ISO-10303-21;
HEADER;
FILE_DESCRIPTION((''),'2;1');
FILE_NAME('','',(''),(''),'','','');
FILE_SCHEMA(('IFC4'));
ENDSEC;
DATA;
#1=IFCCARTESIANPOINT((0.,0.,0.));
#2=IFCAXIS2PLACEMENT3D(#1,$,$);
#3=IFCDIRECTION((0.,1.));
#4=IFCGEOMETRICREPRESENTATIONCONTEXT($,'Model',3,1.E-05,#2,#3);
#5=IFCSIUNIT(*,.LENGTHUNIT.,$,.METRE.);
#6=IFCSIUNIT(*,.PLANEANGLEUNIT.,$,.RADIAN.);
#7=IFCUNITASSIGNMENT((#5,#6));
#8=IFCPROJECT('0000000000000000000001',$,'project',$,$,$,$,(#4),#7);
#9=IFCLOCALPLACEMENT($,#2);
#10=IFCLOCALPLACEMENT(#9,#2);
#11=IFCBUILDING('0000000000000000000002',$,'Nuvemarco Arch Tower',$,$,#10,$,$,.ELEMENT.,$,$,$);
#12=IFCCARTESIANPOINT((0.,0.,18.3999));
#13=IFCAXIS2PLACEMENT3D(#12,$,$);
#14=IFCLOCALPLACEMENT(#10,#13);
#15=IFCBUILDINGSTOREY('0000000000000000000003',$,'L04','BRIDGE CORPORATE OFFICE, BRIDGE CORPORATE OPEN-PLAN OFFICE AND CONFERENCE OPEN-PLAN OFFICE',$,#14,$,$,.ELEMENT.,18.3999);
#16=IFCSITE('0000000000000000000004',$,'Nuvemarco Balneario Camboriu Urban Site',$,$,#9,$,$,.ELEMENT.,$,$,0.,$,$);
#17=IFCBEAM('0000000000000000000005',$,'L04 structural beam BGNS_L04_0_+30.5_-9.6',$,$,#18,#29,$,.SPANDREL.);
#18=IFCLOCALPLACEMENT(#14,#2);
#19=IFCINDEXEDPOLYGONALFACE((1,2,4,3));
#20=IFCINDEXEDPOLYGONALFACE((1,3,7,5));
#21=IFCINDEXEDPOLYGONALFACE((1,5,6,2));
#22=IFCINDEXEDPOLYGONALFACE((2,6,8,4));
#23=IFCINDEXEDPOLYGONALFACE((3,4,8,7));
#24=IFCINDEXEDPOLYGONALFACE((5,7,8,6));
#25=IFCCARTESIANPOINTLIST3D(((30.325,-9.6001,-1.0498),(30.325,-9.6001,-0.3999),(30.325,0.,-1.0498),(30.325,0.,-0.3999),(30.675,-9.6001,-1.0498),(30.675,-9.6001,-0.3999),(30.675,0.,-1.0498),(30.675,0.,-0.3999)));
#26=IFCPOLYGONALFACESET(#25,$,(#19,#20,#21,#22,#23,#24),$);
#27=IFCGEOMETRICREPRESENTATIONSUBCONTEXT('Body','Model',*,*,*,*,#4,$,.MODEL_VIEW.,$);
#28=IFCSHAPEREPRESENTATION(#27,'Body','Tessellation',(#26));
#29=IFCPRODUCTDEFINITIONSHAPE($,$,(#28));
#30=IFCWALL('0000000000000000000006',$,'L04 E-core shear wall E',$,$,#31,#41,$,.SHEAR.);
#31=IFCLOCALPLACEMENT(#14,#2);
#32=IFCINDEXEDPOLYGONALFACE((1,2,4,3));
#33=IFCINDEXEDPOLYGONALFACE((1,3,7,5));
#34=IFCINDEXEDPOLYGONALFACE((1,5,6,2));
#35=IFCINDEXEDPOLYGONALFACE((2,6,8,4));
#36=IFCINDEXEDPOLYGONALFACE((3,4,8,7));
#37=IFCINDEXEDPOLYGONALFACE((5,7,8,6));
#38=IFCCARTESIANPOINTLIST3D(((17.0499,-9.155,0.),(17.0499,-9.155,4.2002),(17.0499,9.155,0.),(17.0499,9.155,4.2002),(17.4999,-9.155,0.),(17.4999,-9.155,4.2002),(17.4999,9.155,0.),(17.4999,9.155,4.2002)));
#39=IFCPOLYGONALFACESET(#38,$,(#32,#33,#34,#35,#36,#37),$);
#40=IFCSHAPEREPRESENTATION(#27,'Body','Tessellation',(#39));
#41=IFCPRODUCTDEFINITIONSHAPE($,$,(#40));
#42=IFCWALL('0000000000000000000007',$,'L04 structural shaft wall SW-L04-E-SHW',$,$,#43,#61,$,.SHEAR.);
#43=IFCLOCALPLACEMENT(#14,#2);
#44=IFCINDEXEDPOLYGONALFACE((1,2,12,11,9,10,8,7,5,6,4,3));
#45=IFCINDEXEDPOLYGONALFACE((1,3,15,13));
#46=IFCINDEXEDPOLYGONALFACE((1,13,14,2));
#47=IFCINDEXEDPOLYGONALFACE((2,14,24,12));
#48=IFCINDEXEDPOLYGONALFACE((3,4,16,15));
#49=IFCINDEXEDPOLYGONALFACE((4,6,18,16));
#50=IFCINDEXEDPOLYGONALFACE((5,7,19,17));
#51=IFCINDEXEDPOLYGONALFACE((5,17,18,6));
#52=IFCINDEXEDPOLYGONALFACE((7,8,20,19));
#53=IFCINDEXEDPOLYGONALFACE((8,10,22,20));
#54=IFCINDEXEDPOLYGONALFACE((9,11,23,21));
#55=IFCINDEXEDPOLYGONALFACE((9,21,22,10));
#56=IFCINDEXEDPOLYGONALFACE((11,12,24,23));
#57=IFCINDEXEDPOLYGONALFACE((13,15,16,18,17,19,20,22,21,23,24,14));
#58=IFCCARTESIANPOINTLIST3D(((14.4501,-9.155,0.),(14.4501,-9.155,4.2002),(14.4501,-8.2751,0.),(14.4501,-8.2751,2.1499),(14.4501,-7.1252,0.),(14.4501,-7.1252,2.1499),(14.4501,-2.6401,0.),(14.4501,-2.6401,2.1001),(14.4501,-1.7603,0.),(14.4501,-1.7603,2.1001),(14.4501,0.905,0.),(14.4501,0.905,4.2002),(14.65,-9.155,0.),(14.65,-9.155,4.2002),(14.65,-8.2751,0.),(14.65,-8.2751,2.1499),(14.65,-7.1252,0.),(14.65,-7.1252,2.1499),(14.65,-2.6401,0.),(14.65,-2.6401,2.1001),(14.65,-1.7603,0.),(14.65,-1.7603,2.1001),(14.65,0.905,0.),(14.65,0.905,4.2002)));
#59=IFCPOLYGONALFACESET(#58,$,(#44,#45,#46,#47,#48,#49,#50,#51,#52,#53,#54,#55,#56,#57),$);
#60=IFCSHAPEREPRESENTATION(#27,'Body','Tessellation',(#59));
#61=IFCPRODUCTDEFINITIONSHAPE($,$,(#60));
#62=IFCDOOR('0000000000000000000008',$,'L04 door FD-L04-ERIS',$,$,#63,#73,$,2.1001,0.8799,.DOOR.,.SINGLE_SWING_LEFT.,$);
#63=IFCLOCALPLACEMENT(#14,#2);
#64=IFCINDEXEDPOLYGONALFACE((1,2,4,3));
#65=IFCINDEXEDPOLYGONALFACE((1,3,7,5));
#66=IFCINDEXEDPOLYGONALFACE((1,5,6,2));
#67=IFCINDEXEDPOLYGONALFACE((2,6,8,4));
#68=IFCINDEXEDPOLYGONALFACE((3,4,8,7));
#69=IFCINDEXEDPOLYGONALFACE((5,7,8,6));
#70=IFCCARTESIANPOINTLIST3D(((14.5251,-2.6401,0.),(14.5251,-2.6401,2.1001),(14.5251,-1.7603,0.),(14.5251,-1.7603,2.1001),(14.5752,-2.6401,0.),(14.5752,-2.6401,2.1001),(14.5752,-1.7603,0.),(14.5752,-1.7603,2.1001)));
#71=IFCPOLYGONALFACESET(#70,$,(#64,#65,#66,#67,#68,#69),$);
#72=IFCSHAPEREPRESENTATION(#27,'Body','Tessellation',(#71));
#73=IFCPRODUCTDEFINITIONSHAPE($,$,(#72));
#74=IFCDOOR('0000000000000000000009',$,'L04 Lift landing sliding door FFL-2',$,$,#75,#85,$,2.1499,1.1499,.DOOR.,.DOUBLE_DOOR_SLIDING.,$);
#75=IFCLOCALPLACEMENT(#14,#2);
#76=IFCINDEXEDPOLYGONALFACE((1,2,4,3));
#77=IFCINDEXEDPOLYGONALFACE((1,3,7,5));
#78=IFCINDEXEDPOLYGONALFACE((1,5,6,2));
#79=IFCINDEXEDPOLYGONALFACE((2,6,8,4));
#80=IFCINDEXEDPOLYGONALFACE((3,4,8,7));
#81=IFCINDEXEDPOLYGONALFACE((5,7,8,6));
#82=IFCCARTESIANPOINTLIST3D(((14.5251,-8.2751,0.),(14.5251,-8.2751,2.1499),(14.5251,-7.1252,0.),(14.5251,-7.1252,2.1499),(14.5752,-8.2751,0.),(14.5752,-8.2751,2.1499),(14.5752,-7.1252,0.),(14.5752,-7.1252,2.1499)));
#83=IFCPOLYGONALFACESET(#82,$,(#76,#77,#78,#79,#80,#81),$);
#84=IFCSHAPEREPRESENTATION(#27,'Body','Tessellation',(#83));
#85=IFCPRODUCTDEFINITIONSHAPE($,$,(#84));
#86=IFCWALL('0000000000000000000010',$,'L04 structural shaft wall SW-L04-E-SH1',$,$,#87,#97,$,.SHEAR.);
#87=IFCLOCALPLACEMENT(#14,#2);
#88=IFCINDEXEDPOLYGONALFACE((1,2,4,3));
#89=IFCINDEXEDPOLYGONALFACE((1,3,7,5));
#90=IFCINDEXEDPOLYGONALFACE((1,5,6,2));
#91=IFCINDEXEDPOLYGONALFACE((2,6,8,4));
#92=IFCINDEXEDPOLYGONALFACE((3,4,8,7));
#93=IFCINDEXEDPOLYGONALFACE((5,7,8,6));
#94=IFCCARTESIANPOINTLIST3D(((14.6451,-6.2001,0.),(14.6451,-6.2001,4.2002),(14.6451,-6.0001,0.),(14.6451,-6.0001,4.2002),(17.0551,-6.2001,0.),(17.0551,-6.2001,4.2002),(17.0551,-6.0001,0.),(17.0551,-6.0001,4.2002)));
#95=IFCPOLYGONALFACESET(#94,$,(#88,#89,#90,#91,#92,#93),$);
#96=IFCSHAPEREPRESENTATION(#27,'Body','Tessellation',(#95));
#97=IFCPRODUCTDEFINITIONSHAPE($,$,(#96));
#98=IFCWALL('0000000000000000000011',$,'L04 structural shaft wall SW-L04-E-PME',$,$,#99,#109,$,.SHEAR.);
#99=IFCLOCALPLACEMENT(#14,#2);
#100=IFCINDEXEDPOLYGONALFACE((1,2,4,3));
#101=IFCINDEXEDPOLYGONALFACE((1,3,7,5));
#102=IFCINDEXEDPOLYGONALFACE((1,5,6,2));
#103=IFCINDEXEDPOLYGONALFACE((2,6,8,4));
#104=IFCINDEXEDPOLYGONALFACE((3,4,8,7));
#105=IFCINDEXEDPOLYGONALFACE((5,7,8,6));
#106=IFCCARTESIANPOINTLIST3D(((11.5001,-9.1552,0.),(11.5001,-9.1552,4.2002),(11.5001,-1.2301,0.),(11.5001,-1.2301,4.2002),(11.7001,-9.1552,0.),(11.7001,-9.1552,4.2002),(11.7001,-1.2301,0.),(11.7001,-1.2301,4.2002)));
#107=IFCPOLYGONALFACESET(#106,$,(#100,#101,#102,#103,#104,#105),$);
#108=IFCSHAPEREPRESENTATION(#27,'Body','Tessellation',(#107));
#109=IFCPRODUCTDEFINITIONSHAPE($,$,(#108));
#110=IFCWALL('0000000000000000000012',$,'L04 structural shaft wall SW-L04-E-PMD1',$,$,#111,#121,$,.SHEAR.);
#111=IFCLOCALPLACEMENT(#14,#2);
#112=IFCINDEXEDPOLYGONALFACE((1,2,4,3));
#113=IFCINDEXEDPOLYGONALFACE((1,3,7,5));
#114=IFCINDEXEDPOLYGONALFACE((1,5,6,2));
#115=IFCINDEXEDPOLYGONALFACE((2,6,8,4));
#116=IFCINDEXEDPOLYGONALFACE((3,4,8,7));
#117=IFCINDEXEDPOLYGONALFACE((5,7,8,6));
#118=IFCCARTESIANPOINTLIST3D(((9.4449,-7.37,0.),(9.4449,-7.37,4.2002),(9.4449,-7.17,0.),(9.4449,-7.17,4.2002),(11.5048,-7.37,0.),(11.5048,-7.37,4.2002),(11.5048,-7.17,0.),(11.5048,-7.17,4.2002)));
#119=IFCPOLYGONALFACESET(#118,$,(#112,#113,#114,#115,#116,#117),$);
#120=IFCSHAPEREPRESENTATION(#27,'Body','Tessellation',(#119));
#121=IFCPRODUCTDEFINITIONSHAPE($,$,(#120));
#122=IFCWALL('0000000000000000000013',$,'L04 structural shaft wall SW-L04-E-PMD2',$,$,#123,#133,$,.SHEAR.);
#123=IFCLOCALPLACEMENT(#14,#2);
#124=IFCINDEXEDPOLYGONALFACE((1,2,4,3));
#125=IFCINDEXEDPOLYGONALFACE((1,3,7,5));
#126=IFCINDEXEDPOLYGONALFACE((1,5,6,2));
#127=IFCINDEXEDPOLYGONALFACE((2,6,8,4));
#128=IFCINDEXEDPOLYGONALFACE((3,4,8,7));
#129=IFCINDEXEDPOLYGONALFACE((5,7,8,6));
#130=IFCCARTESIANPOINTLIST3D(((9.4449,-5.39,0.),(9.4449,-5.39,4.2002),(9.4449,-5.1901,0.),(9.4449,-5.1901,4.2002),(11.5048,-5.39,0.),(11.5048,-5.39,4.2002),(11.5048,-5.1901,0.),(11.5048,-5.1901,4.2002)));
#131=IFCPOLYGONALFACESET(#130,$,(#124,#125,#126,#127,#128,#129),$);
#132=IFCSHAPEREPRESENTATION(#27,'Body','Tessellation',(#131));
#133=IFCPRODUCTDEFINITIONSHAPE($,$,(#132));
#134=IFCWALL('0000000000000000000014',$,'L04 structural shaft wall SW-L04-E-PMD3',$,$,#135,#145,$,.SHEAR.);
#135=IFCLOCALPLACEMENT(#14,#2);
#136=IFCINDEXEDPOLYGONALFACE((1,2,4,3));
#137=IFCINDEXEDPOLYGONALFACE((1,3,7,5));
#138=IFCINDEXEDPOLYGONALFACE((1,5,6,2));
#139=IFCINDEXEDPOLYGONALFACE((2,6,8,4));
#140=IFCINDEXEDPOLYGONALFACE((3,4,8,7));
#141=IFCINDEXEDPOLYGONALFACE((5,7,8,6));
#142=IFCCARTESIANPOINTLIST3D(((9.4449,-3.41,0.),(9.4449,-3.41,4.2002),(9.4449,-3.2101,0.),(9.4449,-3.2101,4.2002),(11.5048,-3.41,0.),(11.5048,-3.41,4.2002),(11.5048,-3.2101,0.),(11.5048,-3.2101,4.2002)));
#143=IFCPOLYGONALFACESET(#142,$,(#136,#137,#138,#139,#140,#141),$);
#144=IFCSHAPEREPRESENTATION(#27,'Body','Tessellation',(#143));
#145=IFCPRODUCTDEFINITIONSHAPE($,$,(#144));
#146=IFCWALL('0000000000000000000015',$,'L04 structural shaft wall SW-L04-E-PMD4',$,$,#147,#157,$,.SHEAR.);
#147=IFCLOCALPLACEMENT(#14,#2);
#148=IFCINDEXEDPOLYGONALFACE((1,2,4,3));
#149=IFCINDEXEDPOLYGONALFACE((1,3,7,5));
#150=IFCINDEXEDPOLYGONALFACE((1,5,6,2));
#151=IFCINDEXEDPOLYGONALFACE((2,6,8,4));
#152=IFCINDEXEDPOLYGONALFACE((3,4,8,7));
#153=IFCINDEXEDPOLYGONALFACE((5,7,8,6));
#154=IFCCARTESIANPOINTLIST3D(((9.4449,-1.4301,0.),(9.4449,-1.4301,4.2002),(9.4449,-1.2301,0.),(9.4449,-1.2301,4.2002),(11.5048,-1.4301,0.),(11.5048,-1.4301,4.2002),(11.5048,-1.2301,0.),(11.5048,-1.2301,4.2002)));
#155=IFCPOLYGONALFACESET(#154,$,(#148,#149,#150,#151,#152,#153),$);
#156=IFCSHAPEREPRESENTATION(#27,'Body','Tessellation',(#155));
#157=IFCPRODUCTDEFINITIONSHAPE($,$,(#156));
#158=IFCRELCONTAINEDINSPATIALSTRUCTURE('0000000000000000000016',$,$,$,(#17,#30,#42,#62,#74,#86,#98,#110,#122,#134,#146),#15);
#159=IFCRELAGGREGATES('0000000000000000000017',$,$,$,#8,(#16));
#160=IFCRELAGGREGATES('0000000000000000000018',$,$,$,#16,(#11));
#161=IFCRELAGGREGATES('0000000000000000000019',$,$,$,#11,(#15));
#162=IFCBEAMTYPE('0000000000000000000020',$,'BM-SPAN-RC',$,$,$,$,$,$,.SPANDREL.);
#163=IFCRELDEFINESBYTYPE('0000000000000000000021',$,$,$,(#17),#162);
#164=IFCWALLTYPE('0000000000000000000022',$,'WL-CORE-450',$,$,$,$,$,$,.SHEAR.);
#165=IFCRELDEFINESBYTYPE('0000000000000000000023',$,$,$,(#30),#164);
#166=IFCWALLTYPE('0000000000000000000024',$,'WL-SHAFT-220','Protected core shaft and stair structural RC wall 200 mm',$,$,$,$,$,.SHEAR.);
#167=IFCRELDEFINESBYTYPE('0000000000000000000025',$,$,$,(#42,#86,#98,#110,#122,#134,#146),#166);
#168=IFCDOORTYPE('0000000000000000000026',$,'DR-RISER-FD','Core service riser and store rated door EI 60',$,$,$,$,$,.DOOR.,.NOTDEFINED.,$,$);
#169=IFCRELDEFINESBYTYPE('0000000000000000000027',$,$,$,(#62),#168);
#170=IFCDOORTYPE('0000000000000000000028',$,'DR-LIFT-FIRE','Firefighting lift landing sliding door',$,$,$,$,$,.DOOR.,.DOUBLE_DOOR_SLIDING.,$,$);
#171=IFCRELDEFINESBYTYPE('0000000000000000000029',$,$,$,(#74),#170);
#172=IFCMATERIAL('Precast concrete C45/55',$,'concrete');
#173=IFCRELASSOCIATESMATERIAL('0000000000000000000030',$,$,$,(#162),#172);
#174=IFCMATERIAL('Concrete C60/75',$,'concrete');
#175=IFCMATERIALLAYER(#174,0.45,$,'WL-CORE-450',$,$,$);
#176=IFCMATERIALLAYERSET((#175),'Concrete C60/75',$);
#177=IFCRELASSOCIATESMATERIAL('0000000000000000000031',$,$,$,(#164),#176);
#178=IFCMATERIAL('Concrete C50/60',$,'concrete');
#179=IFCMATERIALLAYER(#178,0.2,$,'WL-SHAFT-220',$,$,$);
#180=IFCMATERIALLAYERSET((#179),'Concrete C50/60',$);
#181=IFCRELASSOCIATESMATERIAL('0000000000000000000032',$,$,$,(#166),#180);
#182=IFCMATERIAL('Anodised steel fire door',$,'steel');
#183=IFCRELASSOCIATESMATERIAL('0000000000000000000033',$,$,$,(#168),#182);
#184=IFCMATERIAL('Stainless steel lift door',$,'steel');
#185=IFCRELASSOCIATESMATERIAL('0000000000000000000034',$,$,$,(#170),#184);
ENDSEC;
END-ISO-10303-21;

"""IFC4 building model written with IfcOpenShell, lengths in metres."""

from ifc_helpers import new_model, si_unit, direction, frame, frame_2d, origin, origin_2d, place, context, subcontext, project, spatial, rectangle, extrude, source, transform, mapped, material, layer, layer_set, material_profile, profile_set, type_object, type_shapes, element, fill, save


model = new_model("IFC4")

# Units and contexts
model_context = context("Model", 3, precision=1e-05, world=origin(), true_north=direction((0.0, 1.0)))
body_context = subcontext(model_context, "Body", "Model", "MODEL_VIEW")
ifc_project = project(units=[si_unit("LENGTHUNIT", "METRE"), si_unit("PLANEANGLEUNIT", "RADIAN")], contexts=[model_context])

# Site, building, storey
site_placement = place(None, origin())
site = spatial("IfcSite", under=ifc_project, at=site_placement, Name="Nuvemarco Balneario Camboriu Urban Site", CompositionType="ELEMENT", RefElevation=0.0)
building_placement = place(site_placement, origin())
building = spatial("IfcBuilding", under=site, at=building_placement, Name="Nuvemarco Arch Tower", CompositionType="ELEMENT")
storey_placement = place(building_placement, frame((0.0, 0.0, 18.3999)))
storey = spatial("IfcBuildingStorey", under=building, at=storey_placement, Name="L04", Description="BRIDGE CORPORATE OFFICE, BRIDGE CORPORATE OPEN-PLAN OFFICE AND CONFERENCE OPEN-PLAN OFFICE", CompositionType="ELEMENT", Elevation=18.3999)

# Shared definitions
ifc_material_1 = material(Name="Concrete C60/75", Category="concrete")

# Beam
ifc_material_2 = material(Name="Precast concrete C45/55", Category="concrete")
ifc_material_profile_1 = material_profile(ifc_material_2, rectangle(XDim=0.3501, YDim=0.6499, at=origin_2d()), Name="PC-SP-350x650")
ifc_profile_set_1 = profile_set([ifc_material_profile_1], Name="Precast concrete C45/55")
beam_type_1 = type_object("IfcBeamType", Name="BM-SPAN-RC", PredefinedType="SPANDREL", material=ifc_profile_set_1)
beam_1_placement = place(storey_placement, frame((30.5, -9.6001, -0.7249), z_axis=(0.0, 1.0, 0.0), x_axis=(-1.0, 0.0, 0.0)))
element("IfcBeam", 1, at=beam_1_placement, inside=storey, type_object=beam_type_1, Name="L04 structural beam BGNS_L04_0_+30.5_-9.6", PredefinedType="SPANDREL", context=body_context, shape_type="SweptSolid", body=[
    extrude(rectangle(XDim=0.3501, YDim=0.6499, at=origin_2d()), origin(), (0.0, 0.0, 1.0), 9.6001),
])

# Wall
ifc_layer_1 = layer(ifc_material_1, 0.45, Name="WL-CORE-450")
ifc_layer_set_1 = layer_set([ifc_layer_1], Name="Concrete C60/75")
wall_type_1 = type_object("IfcWallType", Name="WL-CORE-450", PredefinedType="SHEAR", material=ifc_layer_set_1)
wall_1_placement = place(storey_placement, frame((17.2749, -9.155, 0.0), z_axis=(0.0, 0.0, 1.0), x_axis=(0.0, 1.0, 0.0)))
element("IfcWall", 2, at=wall_1_placement, inside=storey, type_object=wall_type_1, Name="L04 E-core shear wall E", PredefinedType="SHEAR", context=body_context, shape_type="SweptSolid", body=[
    extrude(rectangle(XDim=18.3101, YDim=0.45, at=frame_2d((9.155, 0.0))), origin(), (0.0, 0.0, 1.0), 4.2002),
])

# Wall, openings, doors
ifc_material_3 = material(Name="Concrete C50/60", Category="concrete")
ifc_layer_2 = layer(ifc_material_3, 0.2, Name="WL-SHAFT-220")
ifc_layer_set_2 = layer_set([ifc_layer_2], Name="Concrete C50/60")
wall_type_2 = type_object("IfcWallType", Name="WL-SHAFT-220", Description="Protected core shaft and stair structural RC wall 200 mm", PredefinedType="SHEAR", material=ifc_layer_set_2)
wall_2_placement = place(storey_placement, frame((14.55, -9.155, 0.0), z_axis=(0.0, 0.0, 1.0), x_axis=(0.0, 1.0, 0.0)))
wall_2 = element("IfcWall", 3, at=wall_2_placement, inside=storey, type_object=wall_type_2, Name="L04 structural shaft wall SW-L04-E-SHW", PredefinedType="SHEAR", context=body_context, shape_type="SweptSolid", body=[
    extrude(rectangle(XDim=10.0601, YDim=0.2, at=frame_2d((5.03, 0.0))), origin(), (0.0, 0.0, 1.0), 4.2002),
])
opening_1_placement = place(wall_2_placement, frame((6.5149, 0.0, 0.0)))
opening_1 = element("IfcOpeningElement", 4, at=opening_1_placement, cuts=wall_2, PredefinedType="OPENING", context=body_context, shape_type="SweptSolid", body=[
    extrude(rectangle(XDim=0.8799, YDim=2.1001, at=frame_2d((0.4399, 1.05))), frame((0.0, 0.1099, 0.0), z_axis=(0.0, -1.0, 0.0), x_axis=(1.0, 0.0, 0.0)), (0.0, 0.0, 1.0), 0.22),
])
opening_2_placement = place(wall_2_placement, frame((0.8799, 0.0, 0.0)))
opening_2 = element("IfcOpeningElement", 5, at=opening_2_placement, cuts=wall_2, PredefinedType="OPENING", context=body_context, shape_type="SweptSolid", body=[
    extrude(rectangle(XDim=1.1499, YDim=2.1499, at=frame_2d((0.575, 1.075))), frame((0.0, 0.1099, 0.0), z_axis=(0.0, -1.0, 0.0), x_axis=(1.0, 0.0, 0.0)), (0.0, 0.0, 1.0), 0.22),
])
ifc_material_4 = material(Name="Anodised steel fire door", Category="steel")
door_type_1 = type_object("IfcDoorType", Name="DR-RISER-FD", Description="Core service riser and store rated door EI 60", OperationType="NOTDEFINED", PredefinedType="DOOR", material=ifc_material_4)
shared_shape_1 = source(origin(), body_context, "Body", "SweptSolid", [
    extrude(rectangle(XDim=0.8799, YDim=2.1001, at=frame_2d((0.4399, 1.05))), frame((0.0, 0.0249, 0.0), z_axis=(0.0, -1.0, 0.0), x_axis=(1.0, 0.0, 0.0)), (0.0, 0.0, 1.0), 0.05),
])
type_shapes(door_type_1, [shared_shape_1])
door_1_placement = place(opening_1_placement, origin())
door_1 = element("IfcDoor", 6, at=door_1_placement, inside=storey, type_object=door_type_1, Name="L04 door FD-L04-ERIS", OperationType="SINGLE_SWING_LEFT", OverallHeight=2.1001, OverallWidth=0.8799, PredefinedType="DOOR", context=body_context, shape_type="MappedRepresentation", body=[
    mapped(shared_shape_1, transform((0.0, 0.0, 0.0), scale=1.0)),
])
fill(opening_1, door_1)
ifc_material_5 = material(Name="Stainless steel lift door", Category="steel")
door_type_2 = type_object("IfcDoorType", Name="DR-LIFT-FIRE", Description="Firefighting lift landing sliding door", OperationType="DOUBLE_DOOR_SLIDING", PredefinedType="DOOR", material=ifc_material_5)
shared_shape_2 = source(origin(), body_context, "Body", "SweptSolid", [
    extrude(rectangle(XDim=1.1499, YDim=2.1499, at=frame_2d((0.575, 1.075))), frame((0.0, 0.0249, 0.0), z_axis=(0.0, -1.0, 0.0), x_axis=(1.0, 0.0, 0.0)), (0.0, 0.0, 1.0), 0.05),
])
type_shapes(door_type_2, [shared_shape_2])
door_2_placement = place(opening_2_placement, origin())
door_2 = element("IfcDoor", 7, at=door_2_placement, inside=storey, type_object=door_type_2, Name="L04 Lift landing sliding door FFL-2", OperationType="DOUBLE_DOOR_SLIDING", OverallHeight=2.1499, OverallWidth=1.1499, PredefinedType="DOOR", context=body_context, shape_type="MappedRepresentation", body=[
    mapped(shared_shape_2, transform((0.0, 0.0, 0.0), scale=1.0)),
])
fill(opening_2, door_2)

# Walls
wall_3_placement = place(storey_placement, frame((14.645, -6.1001, 0.0), z_axis=(0.0, 0.0, 1.0), x_axis=(1.0, 0.0, 0.0)))
element("IfcWall", 8, at=wall_3_placement, inside=storey, type_object=wall_type_2, Name="L04 structural shaft wall SW-L04-E-SH1", PredefinedType="SHEAR", context=body_context, shape_type="SweptSolid", body=[
    extrude(rectangle(XDim=2.4099, YDim=0.2, at=frame_2d((1.2051, 0.0))), origin(), (0.0, 0.0, 1.0), 4.2002),
])
wall_4_placement = place(storey_placement, frame((11.6001, -9.155, 0.0), z_axis=(0.0, 0.0, 1.0), x_axis=(0.0, 1.0, 0.0)))
element("IfcWall", 9, at=wall_4_placement, inside=storey, type_object=wall_type_2, Name="L04 structural shaft wall SW-L04-E-PME", PredefinedType="SHEAR", context=body_context, shape_type="SweptSolid", body=[
    extrude(rectangle(XDim=7.925, YDim=0.2, at=frame_2d((3.9624, 0.0))), origin(), (0.0, 0.0, 1.0), 4.2002),
])

# Walls
for number, where, z_axis, x_axis, name in (
    (10, (9.4451, -7.27, 0.0), (0.0, 0.0, 1.0), (1.0, 0.0, 0.0), "L04 structural shaft wall SW-L04-E-PMD1"),
    (11, (9.4451, -5.29, 0.0), (0.0, 0.0, 1.0), (1.0, 0.0, 0.0), "L04 structural shaft wall SW-L04-E-PMD2"),
    (12, (9.4451, -3.3101, 0.0), (0.0, 0.0, 1.0), (1.0, 0.0, 0.0), "L04 structural shaft wall SW-L04-E-PMD3"),
    (13, (9.4451, -1.3301, 0.0), (0.0, 0.0, 1.0), (1.0, 0.0, 0.0), "L04 structural shaft wall SW-L04-E-PMD4"),
):
    element("IfcWall", number, at=place(storey_placement, frame(where, z_axis=z_axis, x_axis=x_axis)), inside=storey, type_object=wall_type_2, Name=name, PredefinedType="SHEAR", context=body_context, shape_type="SweptSolid", body=[
        extrude(rectangle(XDim=2.0598, YDim=0.2, at=frame_2d((1.0298, 0.0))), origin(), (0.0, 0.0, 1.0), 4.2002),
    ])

save(model, "model.ifc")
